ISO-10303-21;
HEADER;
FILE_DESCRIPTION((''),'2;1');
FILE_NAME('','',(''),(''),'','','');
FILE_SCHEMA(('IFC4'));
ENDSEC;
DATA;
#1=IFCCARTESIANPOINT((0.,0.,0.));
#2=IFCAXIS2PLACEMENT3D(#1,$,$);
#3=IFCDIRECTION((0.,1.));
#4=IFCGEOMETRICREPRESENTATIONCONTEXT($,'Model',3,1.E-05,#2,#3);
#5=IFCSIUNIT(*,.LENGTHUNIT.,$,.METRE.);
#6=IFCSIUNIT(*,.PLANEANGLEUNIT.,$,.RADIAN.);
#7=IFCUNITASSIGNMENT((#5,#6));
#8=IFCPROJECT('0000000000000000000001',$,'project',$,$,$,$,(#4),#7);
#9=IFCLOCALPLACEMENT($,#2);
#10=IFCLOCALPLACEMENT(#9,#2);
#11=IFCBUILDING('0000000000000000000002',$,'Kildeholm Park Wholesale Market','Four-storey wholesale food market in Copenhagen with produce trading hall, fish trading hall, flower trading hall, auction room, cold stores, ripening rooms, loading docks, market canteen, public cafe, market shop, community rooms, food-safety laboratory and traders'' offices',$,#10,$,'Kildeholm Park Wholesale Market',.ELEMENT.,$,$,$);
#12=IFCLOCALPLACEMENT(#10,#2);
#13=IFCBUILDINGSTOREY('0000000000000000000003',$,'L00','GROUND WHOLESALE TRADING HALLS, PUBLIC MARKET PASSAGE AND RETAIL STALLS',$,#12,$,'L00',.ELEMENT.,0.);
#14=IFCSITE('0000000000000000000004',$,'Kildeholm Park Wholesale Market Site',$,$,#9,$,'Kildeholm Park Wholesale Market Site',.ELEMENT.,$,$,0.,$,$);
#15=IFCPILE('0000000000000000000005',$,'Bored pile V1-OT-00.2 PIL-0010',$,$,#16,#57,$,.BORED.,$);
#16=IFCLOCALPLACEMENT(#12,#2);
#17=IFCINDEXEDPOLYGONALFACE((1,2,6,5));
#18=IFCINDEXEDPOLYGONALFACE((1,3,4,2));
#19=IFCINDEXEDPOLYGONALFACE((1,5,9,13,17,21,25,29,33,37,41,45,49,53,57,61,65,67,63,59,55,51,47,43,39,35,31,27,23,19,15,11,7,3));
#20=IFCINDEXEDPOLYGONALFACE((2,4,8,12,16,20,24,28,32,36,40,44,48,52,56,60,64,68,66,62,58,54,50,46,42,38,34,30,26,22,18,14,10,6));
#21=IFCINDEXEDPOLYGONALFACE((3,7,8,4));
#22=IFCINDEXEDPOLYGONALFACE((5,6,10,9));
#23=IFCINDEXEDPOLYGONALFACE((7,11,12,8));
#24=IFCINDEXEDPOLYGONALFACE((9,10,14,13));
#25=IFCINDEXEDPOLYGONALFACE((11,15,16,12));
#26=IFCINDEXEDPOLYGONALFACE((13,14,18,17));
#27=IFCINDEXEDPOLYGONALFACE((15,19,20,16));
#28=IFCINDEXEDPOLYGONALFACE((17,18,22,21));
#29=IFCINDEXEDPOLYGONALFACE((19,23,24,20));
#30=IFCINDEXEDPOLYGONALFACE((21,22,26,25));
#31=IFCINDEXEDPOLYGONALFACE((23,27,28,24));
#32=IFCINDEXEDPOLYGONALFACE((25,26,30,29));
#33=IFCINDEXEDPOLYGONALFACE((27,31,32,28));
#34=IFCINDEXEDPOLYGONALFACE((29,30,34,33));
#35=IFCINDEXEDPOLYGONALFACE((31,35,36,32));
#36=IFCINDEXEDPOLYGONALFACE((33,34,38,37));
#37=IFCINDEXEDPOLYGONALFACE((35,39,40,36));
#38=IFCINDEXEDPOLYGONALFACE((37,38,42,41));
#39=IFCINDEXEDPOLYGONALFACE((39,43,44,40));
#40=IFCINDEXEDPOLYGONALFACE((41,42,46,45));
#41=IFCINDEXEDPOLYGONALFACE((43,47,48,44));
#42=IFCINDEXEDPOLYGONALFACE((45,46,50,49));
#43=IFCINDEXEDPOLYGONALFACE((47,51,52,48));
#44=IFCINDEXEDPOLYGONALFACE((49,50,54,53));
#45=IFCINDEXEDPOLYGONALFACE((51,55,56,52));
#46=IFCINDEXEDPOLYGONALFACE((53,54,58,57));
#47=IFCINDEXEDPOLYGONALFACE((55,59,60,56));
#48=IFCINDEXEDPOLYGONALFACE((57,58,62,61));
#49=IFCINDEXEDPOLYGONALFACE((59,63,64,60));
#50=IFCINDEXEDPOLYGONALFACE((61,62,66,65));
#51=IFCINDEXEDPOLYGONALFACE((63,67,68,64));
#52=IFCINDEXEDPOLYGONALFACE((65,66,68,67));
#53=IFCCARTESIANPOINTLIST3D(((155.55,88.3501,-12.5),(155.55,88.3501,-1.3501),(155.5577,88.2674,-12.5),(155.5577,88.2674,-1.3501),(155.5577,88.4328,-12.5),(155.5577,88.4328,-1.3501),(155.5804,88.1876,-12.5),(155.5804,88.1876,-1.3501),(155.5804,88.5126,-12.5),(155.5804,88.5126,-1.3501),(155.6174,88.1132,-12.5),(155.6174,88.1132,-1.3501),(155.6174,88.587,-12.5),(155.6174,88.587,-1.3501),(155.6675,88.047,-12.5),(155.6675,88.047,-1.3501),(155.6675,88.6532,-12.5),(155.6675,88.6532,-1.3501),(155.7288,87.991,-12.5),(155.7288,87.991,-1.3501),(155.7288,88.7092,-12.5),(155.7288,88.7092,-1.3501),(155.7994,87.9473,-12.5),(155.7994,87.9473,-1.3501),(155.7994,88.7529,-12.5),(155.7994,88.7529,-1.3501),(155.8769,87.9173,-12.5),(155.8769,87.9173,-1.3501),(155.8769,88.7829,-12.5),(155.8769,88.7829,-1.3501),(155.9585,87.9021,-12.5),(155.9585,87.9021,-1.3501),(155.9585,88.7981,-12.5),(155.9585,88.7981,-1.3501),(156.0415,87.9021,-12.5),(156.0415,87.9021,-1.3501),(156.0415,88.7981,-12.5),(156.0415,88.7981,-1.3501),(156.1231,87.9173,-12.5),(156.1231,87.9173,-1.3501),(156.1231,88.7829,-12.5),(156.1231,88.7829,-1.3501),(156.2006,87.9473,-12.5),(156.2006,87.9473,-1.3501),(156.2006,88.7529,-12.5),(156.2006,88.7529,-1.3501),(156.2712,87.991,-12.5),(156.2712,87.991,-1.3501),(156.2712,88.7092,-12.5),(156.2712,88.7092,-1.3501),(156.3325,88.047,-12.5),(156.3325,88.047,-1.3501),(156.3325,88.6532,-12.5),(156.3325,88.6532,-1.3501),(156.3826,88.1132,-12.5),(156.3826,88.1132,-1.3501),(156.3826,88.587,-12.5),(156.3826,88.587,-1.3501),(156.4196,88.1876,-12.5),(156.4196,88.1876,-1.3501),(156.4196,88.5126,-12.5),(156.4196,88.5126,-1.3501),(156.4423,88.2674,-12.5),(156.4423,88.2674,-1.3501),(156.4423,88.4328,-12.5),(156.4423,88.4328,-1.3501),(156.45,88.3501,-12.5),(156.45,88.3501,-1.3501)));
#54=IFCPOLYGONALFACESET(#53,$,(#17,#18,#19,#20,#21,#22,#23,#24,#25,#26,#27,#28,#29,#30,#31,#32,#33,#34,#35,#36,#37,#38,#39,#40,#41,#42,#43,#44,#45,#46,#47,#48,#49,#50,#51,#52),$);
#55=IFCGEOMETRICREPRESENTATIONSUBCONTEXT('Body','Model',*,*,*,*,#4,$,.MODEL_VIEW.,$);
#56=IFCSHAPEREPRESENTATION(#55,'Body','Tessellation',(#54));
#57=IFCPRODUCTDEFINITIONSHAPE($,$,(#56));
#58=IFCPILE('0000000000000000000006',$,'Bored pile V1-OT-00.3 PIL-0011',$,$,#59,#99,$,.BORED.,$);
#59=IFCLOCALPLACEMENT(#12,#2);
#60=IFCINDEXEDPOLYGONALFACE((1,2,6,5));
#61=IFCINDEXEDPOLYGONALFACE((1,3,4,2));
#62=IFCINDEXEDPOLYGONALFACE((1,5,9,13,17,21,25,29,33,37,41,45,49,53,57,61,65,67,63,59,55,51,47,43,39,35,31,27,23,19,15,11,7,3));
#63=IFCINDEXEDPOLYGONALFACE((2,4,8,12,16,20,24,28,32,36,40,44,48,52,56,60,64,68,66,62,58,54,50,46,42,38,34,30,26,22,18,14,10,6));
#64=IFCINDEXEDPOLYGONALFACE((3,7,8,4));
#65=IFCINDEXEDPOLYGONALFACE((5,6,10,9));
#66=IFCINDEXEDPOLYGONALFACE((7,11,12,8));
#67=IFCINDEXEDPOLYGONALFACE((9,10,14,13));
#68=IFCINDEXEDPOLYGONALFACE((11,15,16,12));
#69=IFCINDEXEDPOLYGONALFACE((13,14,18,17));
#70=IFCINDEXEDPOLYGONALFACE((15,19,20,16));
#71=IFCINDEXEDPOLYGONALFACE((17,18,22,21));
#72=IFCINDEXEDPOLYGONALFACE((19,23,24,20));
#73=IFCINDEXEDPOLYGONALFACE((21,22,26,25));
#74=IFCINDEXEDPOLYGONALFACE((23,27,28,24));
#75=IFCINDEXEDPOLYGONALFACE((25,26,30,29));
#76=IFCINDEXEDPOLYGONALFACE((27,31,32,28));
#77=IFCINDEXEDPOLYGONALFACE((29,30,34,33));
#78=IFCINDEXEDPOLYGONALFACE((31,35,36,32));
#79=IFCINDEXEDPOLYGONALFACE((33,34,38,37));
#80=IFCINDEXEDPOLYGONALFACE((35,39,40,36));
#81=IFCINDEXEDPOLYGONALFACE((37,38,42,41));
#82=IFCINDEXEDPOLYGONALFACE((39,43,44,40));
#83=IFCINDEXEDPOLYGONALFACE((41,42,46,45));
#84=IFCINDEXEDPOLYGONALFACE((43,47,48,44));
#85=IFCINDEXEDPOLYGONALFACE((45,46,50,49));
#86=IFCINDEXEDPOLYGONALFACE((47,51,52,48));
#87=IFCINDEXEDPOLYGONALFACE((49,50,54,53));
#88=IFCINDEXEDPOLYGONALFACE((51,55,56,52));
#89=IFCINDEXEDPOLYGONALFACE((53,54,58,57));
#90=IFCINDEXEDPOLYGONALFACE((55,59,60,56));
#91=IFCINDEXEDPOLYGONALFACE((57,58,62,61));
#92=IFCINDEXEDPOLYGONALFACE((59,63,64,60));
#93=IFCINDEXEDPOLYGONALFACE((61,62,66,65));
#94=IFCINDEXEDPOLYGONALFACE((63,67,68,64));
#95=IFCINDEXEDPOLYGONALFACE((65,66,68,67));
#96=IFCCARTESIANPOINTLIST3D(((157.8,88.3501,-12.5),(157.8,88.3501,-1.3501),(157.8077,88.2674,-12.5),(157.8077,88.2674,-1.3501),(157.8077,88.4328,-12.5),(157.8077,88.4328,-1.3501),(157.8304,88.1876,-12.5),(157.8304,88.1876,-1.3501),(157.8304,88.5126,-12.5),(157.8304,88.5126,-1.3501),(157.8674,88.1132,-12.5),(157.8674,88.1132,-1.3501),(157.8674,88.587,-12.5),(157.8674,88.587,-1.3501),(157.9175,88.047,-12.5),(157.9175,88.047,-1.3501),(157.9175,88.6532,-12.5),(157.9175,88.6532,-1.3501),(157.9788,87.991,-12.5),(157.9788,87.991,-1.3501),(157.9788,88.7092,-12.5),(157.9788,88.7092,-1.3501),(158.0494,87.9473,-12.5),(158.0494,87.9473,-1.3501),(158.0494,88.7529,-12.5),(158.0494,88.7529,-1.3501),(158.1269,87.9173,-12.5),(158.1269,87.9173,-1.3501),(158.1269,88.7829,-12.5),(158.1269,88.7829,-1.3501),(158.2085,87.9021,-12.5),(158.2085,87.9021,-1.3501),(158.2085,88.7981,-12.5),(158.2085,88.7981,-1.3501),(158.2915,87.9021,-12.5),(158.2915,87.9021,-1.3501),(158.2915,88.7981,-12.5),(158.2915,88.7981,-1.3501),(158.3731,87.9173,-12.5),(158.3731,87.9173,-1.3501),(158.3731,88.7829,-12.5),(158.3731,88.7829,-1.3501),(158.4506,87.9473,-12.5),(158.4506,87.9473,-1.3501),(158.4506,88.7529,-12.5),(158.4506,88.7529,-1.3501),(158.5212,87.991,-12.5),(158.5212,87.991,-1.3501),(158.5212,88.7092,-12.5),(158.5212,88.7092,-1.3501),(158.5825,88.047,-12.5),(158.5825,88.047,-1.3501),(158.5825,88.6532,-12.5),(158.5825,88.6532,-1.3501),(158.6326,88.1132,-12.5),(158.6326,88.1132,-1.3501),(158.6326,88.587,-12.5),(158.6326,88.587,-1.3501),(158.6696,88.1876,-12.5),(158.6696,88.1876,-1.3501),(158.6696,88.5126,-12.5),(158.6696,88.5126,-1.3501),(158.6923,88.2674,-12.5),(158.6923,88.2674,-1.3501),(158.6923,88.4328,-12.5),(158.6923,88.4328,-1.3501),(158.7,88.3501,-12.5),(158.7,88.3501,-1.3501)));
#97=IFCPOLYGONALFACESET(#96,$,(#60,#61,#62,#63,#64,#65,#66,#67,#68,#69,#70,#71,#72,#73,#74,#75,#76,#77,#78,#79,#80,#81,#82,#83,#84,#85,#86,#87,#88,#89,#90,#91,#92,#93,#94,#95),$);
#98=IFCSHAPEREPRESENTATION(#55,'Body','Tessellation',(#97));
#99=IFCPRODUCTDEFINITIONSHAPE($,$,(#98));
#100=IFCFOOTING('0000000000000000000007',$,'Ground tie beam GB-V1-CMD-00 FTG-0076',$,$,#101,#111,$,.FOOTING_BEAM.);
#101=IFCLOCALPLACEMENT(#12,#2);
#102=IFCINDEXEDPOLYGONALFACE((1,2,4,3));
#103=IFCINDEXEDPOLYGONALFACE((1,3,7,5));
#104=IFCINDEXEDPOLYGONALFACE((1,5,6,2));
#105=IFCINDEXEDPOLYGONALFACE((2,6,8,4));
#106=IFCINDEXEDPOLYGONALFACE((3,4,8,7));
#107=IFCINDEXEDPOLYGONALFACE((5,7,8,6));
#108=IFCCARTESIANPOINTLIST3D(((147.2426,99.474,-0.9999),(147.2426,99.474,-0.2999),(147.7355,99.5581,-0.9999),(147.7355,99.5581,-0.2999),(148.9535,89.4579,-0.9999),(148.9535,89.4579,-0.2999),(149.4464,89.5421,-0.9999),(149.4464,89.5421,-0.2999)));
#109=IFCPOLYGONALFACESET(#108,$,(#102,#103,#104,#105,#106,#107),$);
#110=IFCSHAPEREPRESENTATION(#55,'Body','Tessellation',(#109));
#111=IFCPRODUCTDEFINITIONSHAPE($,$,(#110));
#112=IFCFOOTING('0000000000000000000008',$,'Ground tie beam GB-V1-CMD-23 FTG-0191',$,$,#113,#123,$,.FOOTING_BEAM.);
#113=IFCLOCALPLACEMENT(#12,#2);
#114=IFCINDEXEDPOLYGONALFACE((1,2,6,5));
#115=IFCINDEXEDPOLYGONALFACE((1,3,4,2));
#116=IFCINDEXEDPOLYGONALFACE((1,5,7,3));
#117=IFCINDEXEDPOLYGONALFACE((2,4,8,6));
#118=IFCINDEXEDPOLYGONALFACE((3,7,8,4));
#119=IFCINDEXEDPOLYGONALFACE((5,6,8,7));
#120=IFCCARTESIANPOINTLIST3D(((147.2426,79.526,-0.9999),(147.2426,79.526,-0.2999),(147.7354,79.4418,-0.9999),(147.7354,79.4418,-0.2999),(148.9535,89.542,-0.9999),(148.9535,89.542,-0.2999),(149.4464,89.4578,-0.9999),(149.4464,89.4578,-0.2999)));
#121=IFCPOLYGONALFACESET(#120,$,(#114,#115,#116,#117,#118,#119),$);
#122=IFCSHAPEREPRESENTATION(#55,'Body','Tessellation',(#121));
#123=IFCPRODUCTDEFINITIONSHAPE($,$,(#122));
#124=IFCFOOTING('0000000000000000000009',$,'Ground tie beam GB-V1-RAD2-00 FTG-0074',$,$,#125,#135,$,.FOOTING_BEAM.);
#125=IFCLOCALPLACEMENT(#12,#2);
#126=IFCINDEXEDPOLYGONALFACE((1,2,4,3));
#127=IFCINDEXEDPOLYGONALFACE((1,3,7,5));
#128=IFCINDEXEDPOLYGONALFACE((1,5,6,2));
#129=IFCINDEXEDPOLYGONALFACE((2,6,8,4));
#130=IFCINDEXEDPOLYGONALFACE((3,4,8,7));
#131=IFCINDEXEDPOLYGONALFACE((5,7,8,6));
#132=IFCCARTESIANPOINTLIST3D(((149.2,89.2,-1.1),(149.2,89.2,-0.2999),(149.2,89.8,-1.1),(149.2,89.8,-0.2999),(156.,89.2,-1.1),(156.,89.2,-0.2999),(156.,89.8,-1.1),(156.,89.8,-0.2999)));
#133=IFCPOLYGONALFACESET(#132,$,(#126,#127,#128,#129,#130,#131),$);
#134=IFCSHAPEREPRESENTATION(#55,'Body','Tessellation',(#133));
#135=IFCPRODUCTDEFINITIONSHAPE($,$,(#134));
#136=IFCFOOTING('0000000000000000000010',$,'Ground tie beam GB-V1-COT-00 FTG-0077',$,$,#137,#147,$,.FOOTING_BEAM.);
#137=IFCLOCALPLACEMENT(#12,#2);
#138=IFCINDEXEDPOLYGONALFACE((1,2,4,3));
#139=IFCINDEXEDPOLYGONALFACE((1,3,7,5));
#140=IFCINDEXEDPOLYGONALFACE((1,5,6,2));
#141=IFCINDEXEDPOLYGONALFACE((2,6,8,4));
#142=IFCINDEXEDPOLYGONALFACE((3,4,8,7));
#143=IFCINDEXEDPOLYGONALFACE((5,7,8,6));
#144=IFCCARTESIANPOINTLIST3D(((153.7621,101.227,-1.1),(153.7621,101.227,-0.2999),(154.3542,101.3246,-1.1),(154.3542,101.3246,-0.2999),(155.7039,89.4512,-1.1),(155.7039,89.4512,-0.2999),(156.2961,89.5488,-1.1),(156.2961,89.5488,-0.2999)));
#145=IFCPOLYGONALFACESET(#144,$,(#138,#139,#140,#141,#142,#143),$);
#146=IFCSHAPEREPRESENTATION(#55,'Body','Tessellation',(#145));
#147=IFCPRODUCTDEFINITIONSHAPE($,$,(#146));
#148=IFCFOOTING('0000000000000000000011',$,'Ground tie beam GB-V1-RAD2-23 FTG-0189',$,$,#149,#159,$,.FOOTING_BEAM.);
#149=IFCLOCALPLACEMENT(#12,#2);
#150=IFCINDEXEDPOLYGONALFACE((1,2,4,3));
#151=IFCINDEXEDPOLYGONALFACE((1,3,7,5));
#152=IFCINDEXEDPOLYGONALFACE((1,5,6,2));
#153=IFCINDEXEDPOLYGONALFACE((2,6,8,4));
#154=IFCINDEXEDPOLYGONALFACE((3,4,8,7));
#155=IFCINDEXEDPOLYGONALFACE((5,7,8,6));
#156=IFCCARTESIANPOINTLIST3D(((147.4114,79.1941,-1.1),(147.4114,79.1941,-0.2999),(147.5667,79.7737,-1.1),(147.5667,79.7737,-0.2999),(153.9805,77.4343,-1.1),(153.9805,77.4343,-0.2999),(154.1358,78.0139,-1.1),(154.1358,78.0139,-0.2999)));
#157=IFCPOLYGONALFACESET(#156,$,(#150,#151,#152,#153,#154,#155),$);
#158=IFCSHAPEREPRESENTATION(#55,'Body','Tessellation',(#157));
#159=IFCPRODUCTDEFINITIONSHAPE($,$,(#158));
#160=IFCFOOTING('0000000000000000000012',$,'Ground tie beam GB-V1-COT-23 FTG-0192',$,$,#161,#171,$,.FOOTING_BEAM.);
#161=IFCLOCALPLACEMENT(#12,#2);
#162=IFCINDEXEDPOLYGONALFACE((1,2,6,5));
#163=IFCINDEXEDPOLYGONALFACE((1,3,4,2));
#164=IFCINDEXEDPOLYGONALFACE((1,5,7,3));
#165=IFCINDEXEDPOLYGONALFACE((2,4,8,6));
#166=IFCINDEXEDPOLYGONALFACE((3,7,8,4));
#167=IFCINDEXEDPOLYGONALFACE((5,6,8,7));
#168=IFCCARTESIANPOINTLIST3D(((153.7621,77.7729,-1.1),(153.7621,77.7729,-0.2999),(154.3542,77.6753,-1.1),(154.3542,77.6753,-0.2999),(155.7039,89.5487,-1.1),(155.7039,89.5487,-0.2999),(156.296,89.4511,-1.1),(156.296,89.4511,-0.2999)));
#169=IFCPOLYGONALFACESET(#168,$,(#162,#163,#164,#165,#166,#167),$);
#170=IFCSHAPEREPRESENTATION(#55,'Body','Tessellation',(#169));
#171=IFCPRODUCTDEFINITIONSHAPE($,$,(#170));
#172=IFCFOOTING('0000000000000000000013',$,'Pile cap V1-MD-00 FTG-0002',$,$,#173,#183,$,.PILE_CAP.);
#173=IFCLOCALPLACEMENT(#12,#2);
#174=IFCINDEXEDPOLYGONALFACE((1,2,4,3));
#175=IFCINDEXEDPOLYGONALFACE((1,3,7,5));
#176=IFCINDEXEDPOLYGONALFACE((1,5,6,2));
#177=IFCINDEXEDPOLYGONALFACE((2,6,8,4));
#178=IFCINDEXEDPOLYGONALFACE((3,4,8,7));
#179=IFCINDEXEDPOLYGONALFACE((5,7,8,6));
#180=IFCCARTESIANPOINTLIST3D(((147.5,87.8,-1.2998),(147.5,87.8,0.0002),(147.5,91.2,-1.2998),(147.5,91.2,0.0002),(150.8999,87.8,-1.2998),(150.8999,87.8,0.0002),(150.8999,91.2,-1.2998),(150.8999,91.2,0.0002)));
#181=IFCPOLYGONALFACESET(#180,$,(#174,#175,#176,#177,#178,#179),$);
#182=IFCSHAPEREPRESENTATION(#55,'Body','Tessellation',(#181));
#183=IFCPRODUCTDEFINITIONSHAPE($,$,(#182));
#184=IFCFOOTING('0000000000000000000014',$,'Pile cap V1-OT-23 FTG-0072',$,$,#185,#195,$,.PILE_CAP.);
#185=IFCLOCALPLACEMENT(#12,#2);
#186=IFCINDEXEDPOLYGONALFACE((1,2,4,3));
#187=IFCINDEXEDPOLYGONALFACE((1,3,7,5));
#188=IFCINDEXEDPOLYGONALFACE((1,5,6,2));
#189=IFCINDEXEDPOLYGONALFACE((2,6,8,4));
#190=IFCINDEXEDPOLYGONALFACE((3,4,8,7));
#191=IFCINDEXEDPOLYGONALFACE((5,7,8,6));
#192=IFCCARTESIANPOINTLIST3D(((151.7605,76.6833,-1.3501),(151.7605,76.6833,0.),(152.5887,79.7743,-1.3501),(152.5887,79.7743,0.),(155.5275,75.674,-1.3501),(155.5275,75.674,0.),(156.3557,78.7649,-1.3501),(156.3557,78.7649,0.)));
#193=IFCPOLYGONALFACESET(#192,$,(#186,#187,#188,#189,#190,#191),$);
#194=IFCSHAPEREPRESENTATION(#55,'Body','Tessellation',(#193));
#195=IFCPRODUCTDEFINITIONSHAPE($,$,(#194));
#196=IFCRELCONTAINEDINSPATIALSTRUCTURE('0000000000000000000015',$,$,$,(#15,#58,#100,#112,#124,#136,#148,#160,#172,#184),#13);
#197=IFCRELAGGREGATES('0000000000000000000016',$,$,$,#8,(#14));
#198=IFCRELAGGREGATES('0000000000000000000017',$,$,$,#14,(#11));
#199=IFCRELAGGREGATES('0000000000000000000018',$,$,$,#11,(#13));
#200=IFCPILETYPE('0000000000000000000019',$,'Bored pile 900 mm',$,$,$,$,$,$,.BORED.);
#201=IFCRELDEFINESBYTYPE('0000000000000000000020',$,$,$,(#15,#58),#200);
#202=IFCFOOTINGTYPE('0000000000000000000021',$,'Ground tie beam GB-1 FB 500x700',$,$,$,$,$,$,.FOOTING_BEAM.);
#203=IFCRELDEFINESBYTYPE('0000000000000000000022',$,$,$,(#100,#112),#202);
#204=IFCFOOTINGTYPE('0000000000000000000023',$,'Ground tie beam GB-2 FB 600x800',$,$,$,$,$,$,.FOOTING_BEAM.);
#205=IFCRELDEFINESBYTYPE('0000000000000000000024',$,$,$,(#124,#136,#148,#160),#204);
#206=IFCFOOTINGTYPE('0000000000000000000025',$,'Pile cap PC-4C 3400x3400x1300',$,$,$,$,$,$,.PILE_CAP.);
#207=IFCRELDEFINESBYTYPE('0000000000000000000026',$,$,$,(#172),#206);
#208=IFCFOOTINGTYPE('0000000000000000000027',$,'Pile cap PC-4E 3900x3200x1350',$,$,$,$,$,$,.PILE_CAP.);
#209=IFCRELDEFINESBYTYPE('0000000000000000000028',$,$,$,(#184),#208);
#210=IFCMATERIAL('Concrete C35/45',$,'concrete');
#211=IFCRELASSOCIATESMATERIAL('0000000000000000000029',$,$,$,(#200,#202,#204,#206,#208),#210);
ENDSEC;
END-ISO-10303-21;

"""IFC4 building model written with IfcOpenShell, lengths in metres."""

from ifc_helpers import new_model, si_unit, direction, frame, origin, origin_2d, place, context, subcontext, project, spatial, rectangle, circle, extrude, material, material_profile, profile_set, type_object, element, save


model = new_model("IFC4")

# Units and contexts
model_context = context("Model", 3, precision=1e-05, world=origin(), true_north=direction((0.0, 1.0)))
body_context = subcontext(model_context, "Body", "Model", "MODEL_VIEW")
ifc_project = project(units=[si_unit("LENGTHUNIT", "METRE"), si_unit("PLANEANGLEUNIT", "RADIAN")], contexts=[model_context])

# Site, building, storey
site_placement = place(None, origin())
site = spatial("IfcSite", under=ifc_project, at=site_placement, Name="Kildeholm Park Wholesale Market Site", LongName="Kildeholm Park Wholesale Market Site", CompositionType="ELEMENT", RefElevation=0.0)
building_placement = place(site_placement, origin())
building = spatial("IfcBuilding", under=site, at=building_placement, Name="Kildeholm Park Wholesale Market", Description="Four-storey wholesale food market in Copenhagen with produce trading hall, fish trading hall, flower trading hall, auction room, cold stores, ripening rooms, loading docks, market canteen, public cafe, market shop, community rooms, food-safety laboratory and traders' offices", LongName="Kildeholm Park Wholesale Market", CompositionType="ELEMENT")
storey_placement = place(building_placement, origin())
storey = spatial("IfcBuildingStorey", under=building, at=storey_placement, Name="L00", Description="GROUND WHOLESALE TRADING HALLS, PUBLIC MARKET PASSAGE AND RETAIL STALLS", LongName="L00", CompositionType="ELEMENT", Elevation=0.0)

# Piles
ifc_material_1 = material(Name="Concrete C35/45", Category="concrete")
ifc_material_profile_1 = material_profile(ifc_material_1, circle(Radius=0.45, at=origin_2d()), Name="PILE D900")
ifc_profile_set_1 = profile_set([ifc_material_profile_1], Name="Concrete C35/45")
pile_type_1 = type_object("IfcPileType", Name="Bored pile 900 mm", PredefinedType="BORED", material=ifc_profile_set_1)
for number, where, z_axis, x_axis, name in (
    (1, (156.0, 88.3501, -1.3501), (0.0, 0.0, -1.0), (1.0, 0.0, 0.0), "Bored pile V1-OT-00.2 PIL-0010"),
    (2, (158.25, 88.3501, -1.3501), (0.0, 0.0, -1.0), (1.0, 0.0, 0.0), "Bored pile V1-OT-00.3 PIL-0011"),
):
    element("IfcPile", number, at=place(storey_placement, frame(where, z_axis=z_axis, x_axis=x_axis)), inside=storey, type_object=pile_type_1, Name=name, PredefinedType="BORED", context=body_context, shape_type="SweptSolid", body=[
        extrude(circle(Radius=0.45, at=origin_2d()), origin(), (0.0, 0.0, 1.0), 11.1499),
    ])

# Footings
ifc_material_profile_2 = material_profile(ifc_material_1, rectangle(XDim=0.5, YDim=0.7, at=origin_2d()), Name="FB 500x700")
ifc_profile_set_2 = profile_set([ifc_material_profile_2], Name="Concrete C35/45")
footing_type_1 = type_object("IfcFootingType", Name="Ground tie beam GB-1 FB 500x700", PredefinedType="FOOTING_BEAM", material=ifc_profile_set_2)
for number, where, z_axis, x_axis, name in (
    (3, (149.2, 89.5, -0.6499), (-0.16838, 0.985722, 0.0), (-0.985722, -0.16838, 0.0), "Ground tie beam GB-V1-CMD-00 FTG-0076"),
    (4, (147.489, 79.4839, -0.6499), (0.16838, 0.985722, 0.0), (-0.985722, 0.16838, 0.0), "Ground tie beam GB-V1-CMD-23 FTG-0191"),
):
    element("IfcFooting", number, at=place(storey_placement, frame(where, z_axis=z_axis, x_axis=x_axis)), inside=storey, type_object=footing_type_1, Name=name, PredefinedType="FOOTING_BEAM", context=body_context, shape_type="SweptSolid", body=[
        extrude(rectangle(XDim=0.5, YDim=0.7, at=origin_2d()), origin(), (0.0, 0.0, 1.0), 10.1611),
    ])
ifc_material_profile_3 = material_profile(ifc_material_1, rectangle(XDim=0.6001, YDim=0.8, at=origin_2d()), Name="FB 600x800")
ifc_profile_set_3 = profile_set([ifc_material_profile_3], Name="Concrete C35/45")
footing_type_2 = type_object("IfcFootingType", Name="Ground tie beam GB-2 FB 600x800", PredefinedType="FOOTING_BEAM", material=ifc_profile_set_3)
footing_1_placement = place(storey_placement, frame((149.2, 89.5, -0.7), z_axis=(1.0, 0.0, 0.0), x_axis=(0.0, 1.0, 0.0)))
element("IfcFooting", 5, at=footing_1_placement, inside=storey, type_object=footing_type_2, Name="Ground tie beam GB-V1-RAD2-00 FTG-0074", PredefinedType="FOOTING_BEAM", context=body_context, shape_type="SweptSolid", body=[
    extrude(rectangle(XDim=0.6001, YDim=0.8, at=origin_2d()), origin(), (0.0, 0.0, 1.0), 6.8),
])
footing_2_placement = place(storey_placement, frame((156.0, 89.5, -0.7), z_axis=(-0.162707, 0.986674, 0.0), x_axis=(-0.986674, -0.162707, 0.0)))
element("IfcFooting", 6, at=footing_2_placement, inside=storey, type_object=footing_type_2, Name="Ground tie beam GB-V1-COT-00 FTG-0077", PredefinedType="FOOTING_BEAM", context=body_context, shape_type="SweptSolid", body=[
    extrude(rectangle(XDim=0.6001, YDim=0.8, at=origin_2d()), origin(), (0.0, 0.0, 1.0), 11.9348),
])
footing_3_placement = place(storey_placement, frame((147.489, 79.4839, -0.7), z_axis=(0.965941, -0.258762, 0.0), x_axis=(0.258762, 0.965941, 0.0)))
element("IfcFooting", 7, at=footing_3_placement, inside=storey, type_object=footing_type_2, Name="Ground tie beam GB-V1-RAD2-23 FTG-0189", PredefinedType="FOOTING_BEAM", context=body_context, shape_type="SweptSolid", body=[
    extrude(rectangle(XDim=0.6001, YDim=0.8, at=origin_2d()), origin(), (0.0, 0.0, 1.0), 6.8008),
])
footing_4_placement = place(storey_placement, frame((154.0581, 77.7241, -0.7), z_axis=(0.162707, 0.986674, 0.0), x_axis=(-0.986674, 0.162707, 0.0)))
element("IfcFooting", 8, at=footing_4_placement, inside=storey, type_object=footing_type_2, Name="Ground tie beam GB-V1-COT-23 FTG-0192", PredefinedType="FOOTING_BEAM", context=body_context, shape_type="SweptSolid", body=[
    extrude(rectangle(XDim=0.6001, YDim=0.8, at=origin_2d()), origin(), (0.0, 0.0, 1.0), 11.9348),
])
footing_type_3 = type_object("IfcFootingType", Name="Pile cap PC-4C 3400x3400x1300", PredefinedType="PILE_CAP", material=ifc_material_1)
footing_5_placement = place(storey_placement, frame((149.2, 89.5, -1.2998), z_axis=(0.0, 0.0, 1.0), x_axis=(1.0, 0.0, 0.0)))
element("IfcFooting", 9, at=footing_5_placement, inside=storey, type_object=footing_type_3, Name="Pile cap V1-MD-00 FTG-0002", PredefinedType="PILE_CAP", context=body_context, shape_type="SweptSolid", body=[
    extrude(rectangle(XDim=3.3999, YDim=3.3999, at=origin_2d()), origin(), (0.0, 0.0, 1.0), 1.3),
])
footing_type_4 = type_object("IfcFootingType", Name="Pile cap PC-4E 3900x3200x1350", PredefinedType="PILE_CAP", material=ifc_material_1)
footing_6_placement = place(storey_placement, frame((154.0581, 77.7241, -1.3501), z_axis=(0.0, 0.0, 1.0), x_axis=(0.965926, -0.258819, 0.0)))
element("IfcFooting", 10, at=footing_6_placement, inside=storey, type_object=footing_type_4, Name="Pile cap V1-OT-23 FTG-0072", PredefinedType="PILE_CAP", context=body_context, shape_type="SweptSolid", body=[
    extrude(rectangle(XDim=3.8999, YDim=3.2, at=origin_2d()), origin(), (0.0, 0.0, 1.0), 1.3501),
])

save(model, "model.ifc")
